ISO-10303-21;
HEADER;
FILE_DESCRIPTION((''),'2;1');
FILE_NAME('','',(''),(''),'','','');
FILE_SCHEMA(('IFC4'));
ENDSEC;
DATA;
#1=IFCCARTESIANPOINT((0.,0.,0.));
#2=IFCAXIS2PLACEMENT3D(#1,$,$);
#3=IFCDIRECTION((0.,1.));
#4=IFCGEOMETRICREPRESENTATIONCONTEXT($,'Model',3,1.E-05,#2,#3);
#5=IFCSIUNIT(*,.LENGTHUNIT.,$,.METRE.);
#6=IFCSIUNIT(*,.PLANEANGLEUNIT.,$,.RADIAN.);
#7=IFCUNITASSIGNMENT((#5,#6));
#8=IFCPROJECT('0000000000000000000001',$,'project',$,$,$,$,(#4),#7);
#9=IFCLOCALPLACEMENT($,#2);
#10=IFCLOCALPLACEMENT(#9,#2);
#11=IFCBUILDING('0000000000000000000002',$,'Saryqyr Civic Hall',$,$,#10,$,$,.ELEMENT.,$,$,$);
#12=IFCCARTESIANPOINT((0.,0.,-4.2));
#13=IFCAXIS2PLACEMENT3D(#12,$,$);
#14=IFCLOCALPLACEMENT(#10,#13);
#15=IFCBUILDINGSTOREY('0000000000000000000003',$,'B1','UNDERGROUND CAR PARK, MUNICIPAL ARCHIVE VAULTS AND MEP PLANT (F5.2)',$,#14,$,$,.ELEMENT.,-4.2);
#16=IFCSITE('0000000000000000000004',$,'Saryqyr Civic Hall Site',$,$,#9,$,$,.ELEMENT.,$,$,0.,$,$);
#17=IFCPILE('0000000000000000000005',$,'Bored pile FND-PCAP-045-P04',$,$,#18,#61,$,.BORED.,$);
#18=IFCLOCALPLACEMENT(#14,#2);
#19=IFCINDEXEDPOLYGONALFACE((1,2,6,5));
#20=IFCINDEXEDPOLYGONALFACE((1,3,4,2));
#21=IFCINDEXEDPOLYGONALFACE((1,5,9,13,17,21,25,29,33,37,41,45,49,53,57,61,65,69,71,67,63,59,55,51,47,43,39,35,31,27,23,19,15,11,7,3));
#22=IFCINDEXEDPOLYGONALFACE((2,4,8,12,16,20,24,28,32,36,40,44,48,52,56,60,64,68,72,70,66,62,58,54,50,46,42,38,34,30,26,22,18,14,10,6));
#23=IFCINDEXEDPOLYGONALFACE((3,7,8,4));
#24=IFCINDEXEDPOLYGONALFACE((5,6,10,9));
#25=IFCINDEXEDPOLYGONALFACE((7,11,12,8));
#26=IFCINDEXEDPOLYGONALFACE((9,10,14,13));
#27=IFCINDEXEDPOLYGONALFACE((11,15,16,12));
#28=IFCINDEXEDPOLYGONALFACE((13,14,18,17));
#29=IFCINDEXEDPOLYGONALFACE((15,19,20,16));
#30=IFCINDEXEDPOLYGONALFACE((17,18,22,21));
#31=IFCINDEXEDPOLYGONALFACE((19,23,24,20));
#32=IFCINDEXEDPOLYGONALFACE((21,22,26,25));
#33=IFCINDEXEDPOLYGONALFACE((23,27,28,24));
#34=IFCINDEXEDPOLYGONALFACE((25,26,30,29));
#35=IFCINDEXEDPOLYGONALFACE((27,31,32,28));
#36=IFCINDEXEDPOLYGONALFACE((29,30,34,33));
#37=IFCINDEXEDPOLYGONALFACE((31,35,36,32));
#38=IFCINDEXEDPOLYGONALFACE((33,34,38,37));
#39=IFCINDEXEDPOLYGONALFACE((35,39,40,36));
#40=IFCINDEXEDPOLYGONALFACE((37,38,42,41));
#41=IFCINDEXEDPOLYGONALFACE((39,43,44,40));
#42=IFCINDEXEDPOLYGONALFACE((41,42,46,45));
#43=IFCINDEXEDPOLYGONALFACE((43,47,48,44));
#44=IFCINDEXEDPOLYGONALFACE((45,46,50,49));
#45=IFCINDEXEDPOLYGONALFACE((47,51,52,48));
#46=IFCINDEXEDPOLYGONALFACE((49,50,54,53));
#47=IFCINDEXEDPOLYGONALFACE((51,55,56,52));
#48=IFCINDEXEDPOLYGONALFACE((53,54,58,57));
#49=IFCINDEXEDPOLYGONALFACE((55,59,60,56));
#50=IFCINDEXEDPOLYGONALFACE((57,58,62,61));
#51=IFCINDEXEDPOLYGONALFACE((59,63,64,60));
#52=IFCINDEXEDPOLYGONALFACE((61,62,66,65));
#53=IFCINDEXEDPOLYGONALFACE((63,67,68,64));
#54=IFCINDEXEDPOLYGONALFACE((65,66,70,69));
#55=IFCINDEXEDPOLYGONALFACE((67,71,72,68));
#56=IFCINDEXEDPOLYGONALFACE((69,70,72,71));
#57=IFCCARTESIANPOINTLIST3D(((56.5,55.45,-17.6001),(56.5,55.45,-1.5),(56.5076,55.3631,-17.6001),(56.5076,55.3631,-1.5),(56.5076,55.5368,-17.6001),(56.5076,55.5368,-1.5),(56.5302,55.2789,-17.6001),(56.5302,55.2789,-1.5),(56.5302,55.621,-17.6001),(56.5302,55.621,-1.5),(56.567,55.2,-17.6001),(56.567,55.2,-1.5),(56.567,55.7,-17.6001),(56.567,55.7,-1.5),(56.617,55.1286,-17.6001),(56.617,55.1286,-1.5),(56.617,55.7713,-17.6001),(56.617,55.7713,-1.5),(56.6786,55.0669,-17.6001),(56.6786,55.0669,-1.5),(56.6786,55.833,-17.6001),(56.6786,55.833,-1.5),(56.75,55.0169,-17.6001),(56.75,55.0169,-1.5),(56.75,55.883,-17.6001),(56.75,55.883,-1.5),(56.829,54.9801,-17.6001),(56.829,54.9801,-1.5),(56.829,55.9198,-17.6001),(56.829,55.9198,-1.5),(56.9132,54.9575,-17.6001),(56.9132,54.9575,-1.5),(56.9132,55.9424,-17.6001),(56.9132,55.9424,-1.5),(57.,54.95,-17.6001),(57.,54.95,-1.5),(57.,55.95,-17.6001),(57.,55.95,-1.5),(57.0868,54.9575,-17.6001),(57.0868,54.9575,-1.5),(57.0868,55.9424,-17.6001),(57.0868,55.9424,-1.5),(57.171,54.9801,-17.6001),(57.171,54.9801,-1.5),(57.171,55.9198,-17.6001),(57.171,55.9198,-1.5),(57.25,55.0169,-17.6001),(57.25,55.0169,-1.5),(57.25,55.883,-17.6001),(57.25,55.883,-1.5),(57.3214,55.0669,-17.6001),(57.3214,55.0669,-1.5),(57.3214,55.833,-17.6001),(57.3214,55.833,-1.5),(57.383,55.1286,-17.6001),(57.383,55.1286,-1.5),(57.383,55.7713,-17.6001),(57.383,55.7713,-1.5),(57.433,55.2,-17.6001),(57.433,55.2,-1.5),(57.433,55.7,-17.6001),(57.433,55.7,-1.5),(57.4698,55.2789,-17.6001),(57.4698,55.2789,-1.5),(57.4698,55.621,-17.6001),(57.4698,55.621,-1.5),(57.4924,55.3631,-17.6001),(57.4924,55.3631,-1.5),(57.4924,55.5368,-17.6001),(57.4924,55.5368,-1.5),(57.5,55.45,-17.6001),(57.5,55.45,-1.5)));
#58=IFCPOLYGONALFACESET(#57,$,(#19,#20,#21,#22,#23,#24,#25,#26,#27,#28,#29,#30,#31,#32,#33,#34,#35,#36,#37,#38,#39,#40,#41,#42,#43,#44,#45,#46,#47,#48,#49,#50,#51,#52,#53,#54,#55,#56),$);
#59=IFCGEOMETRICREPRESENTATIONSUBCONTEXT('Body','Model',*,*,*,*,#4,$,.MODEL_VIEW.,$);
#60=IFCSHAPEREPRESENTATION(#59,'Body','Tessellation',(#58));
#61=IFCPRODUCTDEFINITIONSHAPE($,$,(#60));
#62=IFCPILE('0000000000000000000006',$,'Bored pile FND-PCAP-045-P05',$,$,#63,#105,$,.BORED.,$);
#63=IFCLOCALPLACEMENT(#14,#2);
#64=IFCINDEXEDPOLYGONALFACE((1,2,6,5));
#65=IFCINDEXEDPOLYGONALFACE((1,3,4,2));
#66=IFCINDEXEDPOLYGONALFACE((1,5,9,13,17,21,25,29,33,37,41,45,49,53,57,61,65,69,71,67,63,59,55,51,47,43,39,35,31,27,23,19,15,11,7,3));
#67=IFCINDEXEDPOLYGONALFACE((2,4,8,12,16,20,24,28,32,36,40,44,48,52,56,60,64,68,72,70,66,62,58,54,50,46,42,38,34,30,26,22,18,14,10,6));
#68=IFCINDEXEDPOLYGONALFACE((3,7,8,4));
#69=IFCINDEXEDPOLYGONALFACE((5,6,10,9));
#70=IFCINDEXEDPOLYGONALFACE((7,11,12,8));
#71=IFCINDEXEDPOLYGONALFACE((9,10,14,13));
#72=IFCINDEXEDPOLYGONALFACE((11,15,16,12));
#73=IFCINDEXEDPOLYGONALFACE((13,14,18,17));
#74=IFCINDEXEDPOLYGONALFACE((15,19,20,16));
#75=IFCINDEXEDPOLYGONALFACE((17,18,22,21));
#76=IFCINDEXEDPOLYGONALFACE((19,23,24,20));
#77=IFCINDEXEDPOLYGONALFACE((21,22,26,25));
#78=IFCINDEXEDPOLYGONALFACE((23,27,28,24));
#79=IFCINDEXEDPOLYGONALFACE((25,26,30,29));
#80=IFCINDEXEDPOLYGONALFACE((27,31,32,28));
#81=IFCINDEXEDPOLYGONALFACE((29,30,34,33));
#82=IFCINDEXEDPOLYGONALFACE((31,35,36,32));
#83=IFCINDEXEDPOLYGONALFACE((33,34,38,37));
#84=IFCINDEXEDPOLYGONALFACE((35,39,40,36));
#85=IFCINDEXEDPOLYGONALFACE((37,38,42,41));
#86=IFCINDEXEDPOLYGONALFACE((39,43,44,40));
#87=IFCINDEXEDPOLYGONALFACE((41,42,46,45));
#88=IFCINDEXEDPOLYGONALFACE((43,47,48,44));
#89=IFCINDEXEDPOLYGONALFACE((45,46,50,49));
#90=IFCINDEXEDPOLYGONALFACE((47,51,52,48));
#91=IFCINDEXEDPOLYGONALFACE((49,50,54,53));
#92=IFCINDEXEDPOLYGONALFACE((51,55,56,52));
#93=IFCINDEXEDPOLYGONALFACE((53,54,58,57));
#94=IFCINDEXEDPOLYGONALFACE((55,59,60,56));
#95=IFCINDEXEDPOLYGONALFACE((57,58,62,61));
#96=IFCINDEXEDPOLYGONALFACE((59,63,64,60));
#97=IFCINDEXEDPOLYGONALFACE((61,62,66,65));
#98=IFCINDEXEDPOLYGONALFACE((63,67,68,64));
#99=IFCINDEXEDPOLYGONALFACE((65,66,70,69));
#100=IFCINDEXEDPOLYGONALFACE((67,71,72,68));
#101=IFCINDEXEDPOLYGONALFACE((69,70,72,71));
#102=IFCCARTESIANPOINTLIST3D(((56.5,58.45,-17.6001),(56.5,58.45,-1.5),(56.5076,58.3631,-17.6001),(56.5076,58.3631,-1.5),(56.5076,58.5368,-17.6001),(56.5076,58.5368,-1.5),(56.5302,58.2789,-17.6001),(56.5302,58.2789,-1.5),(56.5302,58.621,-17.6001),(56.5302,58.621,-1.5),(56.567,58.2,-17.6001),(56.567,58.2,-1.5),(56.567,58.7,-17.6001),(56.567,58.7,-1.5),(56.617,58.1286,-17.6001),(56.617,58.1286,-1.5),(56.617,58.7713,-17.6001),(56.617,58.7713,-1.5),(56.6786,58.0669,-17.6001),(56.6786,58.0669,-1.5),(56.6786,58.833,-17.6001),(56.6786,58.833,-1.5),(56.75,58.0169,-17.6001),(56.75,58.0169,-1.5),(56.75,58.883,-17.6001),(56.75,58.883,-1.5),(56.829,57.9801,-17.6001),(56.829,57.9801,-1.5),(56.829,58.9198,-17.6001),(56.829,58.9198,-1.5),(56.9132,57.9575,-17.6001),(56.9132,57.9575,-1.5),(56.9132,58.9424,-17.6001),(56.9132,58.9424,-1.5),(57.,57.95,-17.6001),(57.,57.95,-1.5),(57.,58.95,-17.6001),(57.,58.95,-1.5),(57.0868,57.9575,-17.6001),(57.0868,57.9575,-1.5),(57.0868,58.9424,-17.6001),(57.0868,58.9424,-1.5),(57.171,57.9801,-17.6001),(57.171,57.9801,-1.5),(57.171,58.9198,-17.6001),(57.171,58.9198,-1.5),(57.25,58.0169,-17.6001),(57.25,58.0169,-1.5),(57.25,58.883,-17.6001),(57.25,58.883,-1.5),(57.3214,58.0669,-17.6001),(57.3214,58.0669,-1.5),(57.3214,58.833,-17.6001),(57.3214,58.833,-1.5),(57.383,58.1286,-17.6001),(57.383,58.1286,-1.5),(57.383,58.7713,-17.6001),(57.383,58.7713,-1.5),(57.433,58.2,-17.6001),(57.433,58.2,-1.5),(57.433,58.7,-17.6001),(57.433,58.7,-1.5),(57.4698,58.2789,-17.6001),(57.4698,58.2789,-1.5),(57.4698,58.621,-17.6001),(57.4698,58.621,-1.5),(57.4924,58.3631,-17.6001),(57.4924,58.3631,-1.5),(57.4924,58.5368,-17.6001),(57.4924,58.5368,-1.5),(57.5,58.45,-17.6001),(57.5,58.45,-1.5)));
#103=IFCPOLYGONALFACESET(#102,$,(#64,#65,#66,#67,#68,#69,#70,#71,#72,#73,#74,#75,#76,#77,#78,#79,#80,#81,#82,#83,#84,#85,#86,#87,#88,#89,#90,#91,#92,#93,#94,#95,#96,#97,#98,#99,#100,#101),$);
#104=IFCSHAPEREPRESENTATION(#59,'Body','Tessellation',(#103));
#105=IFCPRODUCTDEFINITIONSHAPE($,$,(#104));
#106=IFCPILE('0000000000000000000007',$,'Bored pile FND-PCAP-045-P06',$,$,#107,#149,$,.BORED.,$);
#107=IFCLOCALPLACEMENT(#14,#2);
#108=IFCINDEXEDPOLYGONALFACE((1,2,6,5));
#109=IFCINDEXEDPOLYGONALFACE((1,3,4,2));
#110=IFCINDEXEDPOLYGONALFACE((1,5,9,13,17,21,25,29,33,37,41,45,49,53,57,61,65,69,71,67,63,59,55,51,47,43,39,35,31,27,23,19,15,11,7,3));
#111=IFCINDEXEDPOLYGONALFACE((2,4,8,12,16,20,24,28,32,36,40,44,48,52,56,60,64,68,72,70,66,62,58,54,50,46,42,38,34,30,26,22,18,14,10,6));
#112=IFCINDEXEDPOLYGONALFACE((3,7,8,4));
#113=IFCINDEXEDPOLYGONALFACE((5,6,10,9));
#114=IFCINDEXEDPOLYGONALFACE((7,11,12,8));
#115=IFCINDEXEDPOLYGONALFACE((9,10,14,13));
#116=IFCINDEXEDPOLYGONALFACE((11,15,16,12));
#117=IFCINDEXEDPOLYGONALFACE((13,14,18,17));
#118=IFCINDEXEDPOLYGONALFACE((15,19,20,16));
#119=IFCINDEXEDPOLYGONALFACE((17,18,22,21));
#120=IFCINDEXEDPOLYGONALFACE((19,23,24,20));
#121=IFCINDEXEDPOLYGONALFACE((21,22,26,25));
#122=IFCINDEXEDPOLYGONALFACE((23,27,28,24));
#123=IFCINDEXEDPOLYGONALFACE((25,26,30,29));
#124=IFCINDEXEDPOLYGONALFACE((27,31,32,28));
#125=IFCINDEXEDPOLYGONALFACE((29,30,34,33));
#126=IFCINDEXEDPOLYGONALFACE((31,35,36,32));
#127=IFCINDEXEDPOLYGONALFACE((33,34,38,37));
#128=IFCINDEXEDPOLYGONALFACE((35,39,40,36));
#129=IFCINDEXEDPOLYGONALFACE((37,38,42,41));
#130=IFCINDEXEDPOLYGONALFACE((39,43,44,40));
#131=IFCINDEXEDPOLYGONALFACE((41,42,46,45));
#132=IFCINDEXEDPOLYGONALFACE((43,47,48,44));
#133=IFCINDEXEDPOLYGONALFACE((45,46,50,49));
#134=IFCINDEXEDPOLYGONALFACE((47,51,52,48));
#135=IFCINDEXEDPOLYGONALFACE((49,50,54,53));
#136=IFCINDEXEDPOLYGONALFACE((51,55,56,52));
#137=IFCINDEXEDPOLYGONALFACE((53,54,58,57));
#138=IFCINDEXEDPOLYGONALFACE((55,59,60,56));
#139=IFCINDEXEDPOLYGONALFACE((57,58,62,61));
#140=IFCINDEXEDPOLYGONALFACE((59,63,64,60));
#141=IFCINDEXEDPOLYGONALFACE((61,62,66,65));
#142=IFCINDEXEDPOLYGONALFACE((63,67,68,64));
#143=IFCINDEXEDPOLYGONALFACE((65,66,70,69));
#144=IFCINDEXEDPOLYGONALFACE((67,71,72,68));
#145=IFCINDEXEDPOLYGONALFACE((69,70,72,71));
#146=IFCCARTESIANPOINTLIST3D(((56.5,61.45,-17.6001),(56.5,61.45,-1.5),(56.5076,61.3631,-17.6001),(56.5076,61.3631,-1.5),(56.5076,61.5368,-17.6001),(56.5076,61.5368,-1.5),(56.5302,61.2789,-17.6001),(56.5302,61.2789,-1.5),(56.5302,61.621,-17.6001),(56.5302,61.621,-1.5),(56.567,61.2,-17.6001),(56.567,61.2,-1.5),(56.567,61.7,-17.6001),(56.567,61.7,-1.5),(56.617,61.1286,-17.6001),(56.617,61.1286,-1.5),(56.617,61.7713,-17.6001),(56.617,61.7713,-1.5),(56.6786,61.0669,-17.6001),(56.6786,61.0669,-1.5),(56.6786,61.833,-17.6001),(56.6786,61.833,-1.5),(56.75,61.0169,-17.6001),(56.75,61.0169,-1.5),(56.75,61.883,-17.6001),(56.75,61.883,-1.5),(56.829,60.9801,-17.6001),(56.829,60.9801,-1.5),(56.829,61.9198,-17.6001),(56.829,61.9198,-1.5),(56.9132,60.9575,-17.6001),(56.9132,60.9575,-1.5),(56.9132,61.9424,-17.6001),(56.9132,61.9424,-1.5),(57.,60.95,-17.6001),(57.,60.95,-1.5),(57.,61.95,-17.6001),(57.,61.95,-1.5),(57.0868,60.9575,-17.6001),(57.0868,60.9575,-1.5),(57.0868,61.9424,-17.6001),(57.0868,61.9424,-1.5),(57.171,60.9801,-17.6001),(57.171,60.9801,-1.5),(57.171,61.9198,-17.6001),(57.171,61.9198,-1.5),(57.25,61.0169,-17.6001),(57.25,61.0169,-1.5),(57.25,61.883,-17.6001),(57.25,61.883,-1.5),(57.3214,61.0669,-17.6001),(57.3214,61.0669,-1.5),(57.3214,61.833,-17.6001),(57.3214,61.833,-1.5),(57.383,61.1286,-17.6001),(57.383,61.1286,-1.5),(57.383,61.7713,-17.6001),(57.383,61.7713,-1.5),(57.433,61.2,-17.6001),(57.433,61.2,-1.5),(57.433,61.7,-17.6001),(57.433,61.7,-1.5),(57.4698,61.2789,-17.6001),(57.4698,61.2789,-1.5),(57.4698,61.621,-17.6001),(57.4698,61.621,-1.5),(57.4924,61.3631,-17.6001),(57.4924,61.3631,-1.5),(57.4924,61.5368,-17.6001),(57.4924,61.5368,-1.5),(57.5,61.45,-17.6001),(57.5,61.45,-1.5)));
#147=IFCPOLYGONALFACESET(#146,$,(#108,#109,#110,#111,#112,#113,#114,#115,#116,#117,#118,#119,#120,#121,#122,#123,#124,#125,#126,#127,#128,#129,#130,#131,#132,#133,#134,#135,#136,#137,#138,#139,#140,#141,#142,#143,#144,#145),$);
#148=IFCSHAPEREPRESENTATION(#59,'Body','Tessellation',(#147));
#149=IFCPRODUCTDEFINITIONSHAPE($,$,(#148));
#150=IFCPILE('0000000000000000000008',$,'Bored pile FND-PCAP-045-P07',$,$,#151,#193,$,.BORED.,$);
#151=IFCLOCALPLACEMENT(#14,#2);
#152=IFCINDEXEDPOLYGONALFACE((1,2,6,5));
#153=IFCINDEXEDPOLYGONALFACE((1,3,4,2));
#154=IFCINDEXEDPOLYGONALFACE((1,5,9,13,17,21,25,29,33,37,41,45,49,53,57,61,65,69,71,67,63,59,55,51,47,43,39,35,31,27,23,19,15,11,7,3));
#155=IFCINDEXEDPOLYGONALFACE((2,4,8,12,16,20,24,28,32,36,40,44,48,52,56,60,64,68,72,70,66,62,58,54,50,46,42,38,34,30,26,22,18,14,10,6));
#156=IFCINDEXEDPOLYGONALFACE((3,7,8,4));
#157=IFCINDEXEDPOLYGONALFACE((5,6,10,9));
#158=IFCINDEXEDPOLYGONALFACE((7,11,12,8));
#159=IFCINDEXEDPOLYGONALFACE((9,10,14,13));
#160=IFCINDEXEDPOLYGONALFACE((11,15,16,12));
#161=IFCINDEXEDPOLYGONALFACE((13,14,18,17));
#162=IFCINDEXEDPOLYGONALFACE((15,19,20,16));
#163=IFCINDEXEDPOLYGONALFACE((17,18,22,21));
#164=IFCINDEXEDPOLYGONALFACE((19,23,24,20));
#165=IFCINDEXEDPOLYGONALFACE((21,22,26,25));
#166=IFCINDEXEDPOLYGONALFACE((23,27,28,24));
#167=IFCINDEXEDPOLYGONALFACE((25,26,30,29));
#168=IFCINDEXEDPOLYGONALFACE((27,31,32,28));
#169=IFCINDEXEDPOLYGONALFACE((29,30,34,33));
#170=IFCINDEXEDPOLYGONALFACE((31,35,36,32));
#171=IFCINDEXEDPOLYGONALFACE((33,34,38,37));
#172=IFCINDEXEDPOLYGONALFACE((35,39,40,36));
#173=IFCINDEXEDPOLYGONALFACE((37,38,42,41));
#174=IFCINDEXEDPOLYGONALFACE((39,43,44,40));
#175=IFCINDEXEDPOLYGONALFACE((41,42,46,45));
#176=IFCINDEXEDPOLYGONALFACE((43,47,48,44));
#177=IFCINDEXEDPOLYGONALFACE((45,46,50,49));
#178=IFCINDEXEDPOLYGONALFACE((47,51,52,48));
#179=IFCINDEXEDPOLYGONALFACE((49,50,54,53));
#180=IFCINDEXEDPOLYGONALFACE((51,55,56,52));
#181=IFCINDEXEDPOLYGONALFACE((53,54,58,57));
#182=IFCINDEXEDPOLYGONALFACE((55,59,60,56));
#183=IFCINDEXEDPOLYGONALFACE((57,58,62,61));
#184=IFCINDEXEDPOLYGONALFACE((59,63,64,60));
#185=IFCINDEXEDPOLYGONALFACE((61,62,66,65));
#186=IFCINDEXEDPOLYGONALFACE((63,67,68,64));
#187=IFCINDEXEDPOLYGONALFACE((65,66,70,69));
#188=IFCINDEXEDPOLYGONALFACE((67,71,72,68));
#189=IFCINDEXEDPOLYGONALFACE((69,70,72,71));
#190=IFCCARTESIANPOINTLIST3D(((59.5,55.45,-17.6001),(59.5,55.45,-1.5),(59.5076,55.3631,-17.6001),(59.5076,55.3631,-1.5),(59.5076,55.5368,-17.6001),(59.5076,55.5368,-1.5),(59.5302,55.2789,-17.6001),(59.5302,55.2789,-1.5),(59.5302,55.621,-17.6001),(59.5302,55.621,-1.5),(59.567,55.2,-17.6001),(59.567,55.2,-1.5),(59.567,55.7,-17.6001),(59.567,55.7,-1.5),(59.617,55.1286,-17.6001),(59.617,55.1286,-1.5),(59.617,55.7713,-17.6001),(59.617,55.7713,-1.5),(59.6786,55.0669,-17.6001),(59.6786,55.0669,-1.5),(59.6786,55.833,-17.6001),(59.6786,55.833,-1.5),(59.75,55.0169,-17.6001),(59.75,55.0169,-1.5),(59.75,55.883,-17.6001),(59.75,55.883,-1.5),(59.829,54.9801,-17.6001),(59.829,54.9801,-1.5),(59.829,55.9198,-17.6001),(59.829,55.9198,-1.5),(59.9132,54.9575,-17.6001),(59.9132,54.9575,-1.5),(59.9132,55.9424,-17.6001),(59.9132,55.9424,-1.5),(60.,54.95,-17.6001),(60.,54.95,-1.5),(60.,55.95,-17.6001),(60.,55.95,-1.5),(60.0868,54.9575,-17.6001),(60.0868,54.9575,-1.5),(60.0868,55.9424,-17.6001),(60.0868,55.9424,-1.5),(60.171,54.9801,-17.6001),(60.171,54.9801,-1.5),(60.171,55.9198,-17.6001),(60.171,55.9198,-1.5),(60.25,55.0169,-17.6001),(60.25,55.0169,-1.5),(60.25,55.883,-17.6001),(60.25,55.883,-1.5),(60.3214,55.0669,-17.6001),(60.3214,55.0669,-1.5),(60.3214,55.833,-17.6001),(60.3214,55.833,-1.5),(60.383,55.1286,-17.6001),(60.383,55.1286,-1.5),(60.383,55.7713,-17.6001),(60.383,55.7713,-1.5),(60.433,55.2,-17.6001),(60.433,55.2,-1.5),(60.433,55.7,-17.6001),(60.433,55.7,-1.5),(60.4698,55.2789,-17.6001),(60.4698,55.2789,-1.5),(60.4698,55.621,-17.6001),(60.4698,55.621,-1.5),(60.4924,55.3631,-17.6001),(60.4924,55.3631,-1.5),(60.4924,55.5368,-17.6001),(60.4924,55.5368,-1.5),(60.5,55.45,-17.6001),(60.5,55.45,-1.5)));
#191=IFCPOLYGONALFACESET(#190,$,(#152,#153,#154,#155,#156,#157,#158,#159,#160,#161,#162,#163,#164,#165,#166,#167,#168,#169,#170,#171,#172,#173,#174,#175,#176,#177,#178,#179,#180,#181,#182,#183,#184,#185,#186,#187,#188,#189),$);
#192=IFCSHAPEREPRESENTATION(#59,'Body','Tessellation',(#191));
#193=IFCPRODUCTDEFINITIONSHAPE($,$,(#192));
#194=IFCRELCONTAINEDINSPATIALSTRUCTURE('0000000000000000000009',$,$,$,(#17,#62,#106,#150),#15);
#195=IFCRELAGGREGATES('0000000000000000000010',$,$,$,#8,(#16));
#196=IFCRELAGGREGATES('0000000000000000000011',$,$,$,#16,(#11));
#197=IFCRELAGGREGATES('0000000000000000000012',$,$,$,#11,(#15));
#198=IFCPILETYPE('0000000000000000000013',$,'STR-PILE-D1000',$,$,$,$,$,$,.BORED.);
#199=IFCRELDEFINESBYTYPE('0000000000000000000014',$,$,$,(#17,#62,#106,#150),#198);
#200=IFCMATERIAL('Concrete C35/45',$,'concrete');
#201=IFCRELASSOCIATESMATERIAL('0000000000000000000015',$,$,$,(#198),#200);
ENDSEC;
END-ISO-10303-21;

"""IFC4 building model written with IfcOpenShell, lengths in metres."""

from ifc_helpers import new_model, si_unit, direction, frame, origin, origin_2d, place, context, subcontext, project, spatial, circle, extrude, material, material_profile, profile_set, type_object, element, save


model = new_model("IFC4")

# Units and contexts
model_context = context("Model", 3, precision=1e-05, world=origin(), true_north=direction((0.0, 1.0)))
body_context = subcontext(model_context, "Body", "Model", "MODEL_VIEW")
ifc_project = project(units=[si_unit("LENGTHUNIT", "METRE"), si_unit("PLANEANGLEUNIT", "RADIAN")], contexts=[model_context])

# Site, building, storey
site_placement = place(None, origin())
site = spatial("IfcSite", under=ifc_project, at=site_placement, Name="Saryqyr Civic Hall Site", CompositionType="ELEMENT", RefElevation=0.0)
building_placement = place(site_placement, origin())
building = spatial("IfcBuilding", under=site, at=building_placement, Name="Saryqyr Civic Hall", CompositionType="ELEMENT")
storey_placement = place(building_placement, frame((0.0, 0.0, -4.2)))
storey = spatial("IfcBuildingStorey", under=building, at=storey_placement, Name="B1", Description="UNDERGROUND CAR PARK, MUNICIPAL ARCHIVE VAULTS AND MEP PLANT (F5.2)", CompositionType="ELEMENT", Elevation=-4.2)

# Shared definitions
ifc_material_1 = material(Name="Concrete C35/45", Category="concrete")

# Piles
ifc_material_profile_1 = material_profile(ifc_material_1, circle(Radius=0.5, at=origin_2d()), Name="BORED PILE D1000")
ifc_profile_set_1 = profile_set([ifc_material_profile_1], Name="Concrete C35/45")
pile_type = type_object("IfcPileType", Name="STR-PILE-D1000", PredefinedType="BORED", material=ifc_profile_set_1)
for number, where, z_axis, x_axis, name in (
    (1, (57.0, 55.45, -1.5), (0.0, 0.0, -1.0), (1.0, 0.0, 0.0), "Bored pile FND-PCAP-045-P04"),
    (2, (57.0, 58.45, -1.5), (0.0, 0.0, -1.0), (1.0, 0.0, 0.0), "Bored pile FND-PCAP-045-P05"),
    (3, (57.0, 61.45, -1.5), (0.0, 0.0, -1.0), (1.0, 0.0, 0.0), "Bored pile FND-PCAP-045-P06"),
    (4, (60.0, 55.45, -1.5), (0.0, 0.0, -1.0), (1.0, 0.0, 0.0), "Bored pile FND-PCAP-045-P07"),
):
    element("IfcPile", number, at=place(storey_placement, frame(where, z_axis=z_axis, x_axis=x_axis)), inside=storey, type_object=pile_type, Name=name, PredefinedType="BORED", context=body_context, shape_type="SweptSolid", body=[
        extrude(circle(Radius=0.5, at=origin_2d()), origin(), (0.0, 0.0, 1.0), 16.1001),
    ])

save(model, "model.ifc")
